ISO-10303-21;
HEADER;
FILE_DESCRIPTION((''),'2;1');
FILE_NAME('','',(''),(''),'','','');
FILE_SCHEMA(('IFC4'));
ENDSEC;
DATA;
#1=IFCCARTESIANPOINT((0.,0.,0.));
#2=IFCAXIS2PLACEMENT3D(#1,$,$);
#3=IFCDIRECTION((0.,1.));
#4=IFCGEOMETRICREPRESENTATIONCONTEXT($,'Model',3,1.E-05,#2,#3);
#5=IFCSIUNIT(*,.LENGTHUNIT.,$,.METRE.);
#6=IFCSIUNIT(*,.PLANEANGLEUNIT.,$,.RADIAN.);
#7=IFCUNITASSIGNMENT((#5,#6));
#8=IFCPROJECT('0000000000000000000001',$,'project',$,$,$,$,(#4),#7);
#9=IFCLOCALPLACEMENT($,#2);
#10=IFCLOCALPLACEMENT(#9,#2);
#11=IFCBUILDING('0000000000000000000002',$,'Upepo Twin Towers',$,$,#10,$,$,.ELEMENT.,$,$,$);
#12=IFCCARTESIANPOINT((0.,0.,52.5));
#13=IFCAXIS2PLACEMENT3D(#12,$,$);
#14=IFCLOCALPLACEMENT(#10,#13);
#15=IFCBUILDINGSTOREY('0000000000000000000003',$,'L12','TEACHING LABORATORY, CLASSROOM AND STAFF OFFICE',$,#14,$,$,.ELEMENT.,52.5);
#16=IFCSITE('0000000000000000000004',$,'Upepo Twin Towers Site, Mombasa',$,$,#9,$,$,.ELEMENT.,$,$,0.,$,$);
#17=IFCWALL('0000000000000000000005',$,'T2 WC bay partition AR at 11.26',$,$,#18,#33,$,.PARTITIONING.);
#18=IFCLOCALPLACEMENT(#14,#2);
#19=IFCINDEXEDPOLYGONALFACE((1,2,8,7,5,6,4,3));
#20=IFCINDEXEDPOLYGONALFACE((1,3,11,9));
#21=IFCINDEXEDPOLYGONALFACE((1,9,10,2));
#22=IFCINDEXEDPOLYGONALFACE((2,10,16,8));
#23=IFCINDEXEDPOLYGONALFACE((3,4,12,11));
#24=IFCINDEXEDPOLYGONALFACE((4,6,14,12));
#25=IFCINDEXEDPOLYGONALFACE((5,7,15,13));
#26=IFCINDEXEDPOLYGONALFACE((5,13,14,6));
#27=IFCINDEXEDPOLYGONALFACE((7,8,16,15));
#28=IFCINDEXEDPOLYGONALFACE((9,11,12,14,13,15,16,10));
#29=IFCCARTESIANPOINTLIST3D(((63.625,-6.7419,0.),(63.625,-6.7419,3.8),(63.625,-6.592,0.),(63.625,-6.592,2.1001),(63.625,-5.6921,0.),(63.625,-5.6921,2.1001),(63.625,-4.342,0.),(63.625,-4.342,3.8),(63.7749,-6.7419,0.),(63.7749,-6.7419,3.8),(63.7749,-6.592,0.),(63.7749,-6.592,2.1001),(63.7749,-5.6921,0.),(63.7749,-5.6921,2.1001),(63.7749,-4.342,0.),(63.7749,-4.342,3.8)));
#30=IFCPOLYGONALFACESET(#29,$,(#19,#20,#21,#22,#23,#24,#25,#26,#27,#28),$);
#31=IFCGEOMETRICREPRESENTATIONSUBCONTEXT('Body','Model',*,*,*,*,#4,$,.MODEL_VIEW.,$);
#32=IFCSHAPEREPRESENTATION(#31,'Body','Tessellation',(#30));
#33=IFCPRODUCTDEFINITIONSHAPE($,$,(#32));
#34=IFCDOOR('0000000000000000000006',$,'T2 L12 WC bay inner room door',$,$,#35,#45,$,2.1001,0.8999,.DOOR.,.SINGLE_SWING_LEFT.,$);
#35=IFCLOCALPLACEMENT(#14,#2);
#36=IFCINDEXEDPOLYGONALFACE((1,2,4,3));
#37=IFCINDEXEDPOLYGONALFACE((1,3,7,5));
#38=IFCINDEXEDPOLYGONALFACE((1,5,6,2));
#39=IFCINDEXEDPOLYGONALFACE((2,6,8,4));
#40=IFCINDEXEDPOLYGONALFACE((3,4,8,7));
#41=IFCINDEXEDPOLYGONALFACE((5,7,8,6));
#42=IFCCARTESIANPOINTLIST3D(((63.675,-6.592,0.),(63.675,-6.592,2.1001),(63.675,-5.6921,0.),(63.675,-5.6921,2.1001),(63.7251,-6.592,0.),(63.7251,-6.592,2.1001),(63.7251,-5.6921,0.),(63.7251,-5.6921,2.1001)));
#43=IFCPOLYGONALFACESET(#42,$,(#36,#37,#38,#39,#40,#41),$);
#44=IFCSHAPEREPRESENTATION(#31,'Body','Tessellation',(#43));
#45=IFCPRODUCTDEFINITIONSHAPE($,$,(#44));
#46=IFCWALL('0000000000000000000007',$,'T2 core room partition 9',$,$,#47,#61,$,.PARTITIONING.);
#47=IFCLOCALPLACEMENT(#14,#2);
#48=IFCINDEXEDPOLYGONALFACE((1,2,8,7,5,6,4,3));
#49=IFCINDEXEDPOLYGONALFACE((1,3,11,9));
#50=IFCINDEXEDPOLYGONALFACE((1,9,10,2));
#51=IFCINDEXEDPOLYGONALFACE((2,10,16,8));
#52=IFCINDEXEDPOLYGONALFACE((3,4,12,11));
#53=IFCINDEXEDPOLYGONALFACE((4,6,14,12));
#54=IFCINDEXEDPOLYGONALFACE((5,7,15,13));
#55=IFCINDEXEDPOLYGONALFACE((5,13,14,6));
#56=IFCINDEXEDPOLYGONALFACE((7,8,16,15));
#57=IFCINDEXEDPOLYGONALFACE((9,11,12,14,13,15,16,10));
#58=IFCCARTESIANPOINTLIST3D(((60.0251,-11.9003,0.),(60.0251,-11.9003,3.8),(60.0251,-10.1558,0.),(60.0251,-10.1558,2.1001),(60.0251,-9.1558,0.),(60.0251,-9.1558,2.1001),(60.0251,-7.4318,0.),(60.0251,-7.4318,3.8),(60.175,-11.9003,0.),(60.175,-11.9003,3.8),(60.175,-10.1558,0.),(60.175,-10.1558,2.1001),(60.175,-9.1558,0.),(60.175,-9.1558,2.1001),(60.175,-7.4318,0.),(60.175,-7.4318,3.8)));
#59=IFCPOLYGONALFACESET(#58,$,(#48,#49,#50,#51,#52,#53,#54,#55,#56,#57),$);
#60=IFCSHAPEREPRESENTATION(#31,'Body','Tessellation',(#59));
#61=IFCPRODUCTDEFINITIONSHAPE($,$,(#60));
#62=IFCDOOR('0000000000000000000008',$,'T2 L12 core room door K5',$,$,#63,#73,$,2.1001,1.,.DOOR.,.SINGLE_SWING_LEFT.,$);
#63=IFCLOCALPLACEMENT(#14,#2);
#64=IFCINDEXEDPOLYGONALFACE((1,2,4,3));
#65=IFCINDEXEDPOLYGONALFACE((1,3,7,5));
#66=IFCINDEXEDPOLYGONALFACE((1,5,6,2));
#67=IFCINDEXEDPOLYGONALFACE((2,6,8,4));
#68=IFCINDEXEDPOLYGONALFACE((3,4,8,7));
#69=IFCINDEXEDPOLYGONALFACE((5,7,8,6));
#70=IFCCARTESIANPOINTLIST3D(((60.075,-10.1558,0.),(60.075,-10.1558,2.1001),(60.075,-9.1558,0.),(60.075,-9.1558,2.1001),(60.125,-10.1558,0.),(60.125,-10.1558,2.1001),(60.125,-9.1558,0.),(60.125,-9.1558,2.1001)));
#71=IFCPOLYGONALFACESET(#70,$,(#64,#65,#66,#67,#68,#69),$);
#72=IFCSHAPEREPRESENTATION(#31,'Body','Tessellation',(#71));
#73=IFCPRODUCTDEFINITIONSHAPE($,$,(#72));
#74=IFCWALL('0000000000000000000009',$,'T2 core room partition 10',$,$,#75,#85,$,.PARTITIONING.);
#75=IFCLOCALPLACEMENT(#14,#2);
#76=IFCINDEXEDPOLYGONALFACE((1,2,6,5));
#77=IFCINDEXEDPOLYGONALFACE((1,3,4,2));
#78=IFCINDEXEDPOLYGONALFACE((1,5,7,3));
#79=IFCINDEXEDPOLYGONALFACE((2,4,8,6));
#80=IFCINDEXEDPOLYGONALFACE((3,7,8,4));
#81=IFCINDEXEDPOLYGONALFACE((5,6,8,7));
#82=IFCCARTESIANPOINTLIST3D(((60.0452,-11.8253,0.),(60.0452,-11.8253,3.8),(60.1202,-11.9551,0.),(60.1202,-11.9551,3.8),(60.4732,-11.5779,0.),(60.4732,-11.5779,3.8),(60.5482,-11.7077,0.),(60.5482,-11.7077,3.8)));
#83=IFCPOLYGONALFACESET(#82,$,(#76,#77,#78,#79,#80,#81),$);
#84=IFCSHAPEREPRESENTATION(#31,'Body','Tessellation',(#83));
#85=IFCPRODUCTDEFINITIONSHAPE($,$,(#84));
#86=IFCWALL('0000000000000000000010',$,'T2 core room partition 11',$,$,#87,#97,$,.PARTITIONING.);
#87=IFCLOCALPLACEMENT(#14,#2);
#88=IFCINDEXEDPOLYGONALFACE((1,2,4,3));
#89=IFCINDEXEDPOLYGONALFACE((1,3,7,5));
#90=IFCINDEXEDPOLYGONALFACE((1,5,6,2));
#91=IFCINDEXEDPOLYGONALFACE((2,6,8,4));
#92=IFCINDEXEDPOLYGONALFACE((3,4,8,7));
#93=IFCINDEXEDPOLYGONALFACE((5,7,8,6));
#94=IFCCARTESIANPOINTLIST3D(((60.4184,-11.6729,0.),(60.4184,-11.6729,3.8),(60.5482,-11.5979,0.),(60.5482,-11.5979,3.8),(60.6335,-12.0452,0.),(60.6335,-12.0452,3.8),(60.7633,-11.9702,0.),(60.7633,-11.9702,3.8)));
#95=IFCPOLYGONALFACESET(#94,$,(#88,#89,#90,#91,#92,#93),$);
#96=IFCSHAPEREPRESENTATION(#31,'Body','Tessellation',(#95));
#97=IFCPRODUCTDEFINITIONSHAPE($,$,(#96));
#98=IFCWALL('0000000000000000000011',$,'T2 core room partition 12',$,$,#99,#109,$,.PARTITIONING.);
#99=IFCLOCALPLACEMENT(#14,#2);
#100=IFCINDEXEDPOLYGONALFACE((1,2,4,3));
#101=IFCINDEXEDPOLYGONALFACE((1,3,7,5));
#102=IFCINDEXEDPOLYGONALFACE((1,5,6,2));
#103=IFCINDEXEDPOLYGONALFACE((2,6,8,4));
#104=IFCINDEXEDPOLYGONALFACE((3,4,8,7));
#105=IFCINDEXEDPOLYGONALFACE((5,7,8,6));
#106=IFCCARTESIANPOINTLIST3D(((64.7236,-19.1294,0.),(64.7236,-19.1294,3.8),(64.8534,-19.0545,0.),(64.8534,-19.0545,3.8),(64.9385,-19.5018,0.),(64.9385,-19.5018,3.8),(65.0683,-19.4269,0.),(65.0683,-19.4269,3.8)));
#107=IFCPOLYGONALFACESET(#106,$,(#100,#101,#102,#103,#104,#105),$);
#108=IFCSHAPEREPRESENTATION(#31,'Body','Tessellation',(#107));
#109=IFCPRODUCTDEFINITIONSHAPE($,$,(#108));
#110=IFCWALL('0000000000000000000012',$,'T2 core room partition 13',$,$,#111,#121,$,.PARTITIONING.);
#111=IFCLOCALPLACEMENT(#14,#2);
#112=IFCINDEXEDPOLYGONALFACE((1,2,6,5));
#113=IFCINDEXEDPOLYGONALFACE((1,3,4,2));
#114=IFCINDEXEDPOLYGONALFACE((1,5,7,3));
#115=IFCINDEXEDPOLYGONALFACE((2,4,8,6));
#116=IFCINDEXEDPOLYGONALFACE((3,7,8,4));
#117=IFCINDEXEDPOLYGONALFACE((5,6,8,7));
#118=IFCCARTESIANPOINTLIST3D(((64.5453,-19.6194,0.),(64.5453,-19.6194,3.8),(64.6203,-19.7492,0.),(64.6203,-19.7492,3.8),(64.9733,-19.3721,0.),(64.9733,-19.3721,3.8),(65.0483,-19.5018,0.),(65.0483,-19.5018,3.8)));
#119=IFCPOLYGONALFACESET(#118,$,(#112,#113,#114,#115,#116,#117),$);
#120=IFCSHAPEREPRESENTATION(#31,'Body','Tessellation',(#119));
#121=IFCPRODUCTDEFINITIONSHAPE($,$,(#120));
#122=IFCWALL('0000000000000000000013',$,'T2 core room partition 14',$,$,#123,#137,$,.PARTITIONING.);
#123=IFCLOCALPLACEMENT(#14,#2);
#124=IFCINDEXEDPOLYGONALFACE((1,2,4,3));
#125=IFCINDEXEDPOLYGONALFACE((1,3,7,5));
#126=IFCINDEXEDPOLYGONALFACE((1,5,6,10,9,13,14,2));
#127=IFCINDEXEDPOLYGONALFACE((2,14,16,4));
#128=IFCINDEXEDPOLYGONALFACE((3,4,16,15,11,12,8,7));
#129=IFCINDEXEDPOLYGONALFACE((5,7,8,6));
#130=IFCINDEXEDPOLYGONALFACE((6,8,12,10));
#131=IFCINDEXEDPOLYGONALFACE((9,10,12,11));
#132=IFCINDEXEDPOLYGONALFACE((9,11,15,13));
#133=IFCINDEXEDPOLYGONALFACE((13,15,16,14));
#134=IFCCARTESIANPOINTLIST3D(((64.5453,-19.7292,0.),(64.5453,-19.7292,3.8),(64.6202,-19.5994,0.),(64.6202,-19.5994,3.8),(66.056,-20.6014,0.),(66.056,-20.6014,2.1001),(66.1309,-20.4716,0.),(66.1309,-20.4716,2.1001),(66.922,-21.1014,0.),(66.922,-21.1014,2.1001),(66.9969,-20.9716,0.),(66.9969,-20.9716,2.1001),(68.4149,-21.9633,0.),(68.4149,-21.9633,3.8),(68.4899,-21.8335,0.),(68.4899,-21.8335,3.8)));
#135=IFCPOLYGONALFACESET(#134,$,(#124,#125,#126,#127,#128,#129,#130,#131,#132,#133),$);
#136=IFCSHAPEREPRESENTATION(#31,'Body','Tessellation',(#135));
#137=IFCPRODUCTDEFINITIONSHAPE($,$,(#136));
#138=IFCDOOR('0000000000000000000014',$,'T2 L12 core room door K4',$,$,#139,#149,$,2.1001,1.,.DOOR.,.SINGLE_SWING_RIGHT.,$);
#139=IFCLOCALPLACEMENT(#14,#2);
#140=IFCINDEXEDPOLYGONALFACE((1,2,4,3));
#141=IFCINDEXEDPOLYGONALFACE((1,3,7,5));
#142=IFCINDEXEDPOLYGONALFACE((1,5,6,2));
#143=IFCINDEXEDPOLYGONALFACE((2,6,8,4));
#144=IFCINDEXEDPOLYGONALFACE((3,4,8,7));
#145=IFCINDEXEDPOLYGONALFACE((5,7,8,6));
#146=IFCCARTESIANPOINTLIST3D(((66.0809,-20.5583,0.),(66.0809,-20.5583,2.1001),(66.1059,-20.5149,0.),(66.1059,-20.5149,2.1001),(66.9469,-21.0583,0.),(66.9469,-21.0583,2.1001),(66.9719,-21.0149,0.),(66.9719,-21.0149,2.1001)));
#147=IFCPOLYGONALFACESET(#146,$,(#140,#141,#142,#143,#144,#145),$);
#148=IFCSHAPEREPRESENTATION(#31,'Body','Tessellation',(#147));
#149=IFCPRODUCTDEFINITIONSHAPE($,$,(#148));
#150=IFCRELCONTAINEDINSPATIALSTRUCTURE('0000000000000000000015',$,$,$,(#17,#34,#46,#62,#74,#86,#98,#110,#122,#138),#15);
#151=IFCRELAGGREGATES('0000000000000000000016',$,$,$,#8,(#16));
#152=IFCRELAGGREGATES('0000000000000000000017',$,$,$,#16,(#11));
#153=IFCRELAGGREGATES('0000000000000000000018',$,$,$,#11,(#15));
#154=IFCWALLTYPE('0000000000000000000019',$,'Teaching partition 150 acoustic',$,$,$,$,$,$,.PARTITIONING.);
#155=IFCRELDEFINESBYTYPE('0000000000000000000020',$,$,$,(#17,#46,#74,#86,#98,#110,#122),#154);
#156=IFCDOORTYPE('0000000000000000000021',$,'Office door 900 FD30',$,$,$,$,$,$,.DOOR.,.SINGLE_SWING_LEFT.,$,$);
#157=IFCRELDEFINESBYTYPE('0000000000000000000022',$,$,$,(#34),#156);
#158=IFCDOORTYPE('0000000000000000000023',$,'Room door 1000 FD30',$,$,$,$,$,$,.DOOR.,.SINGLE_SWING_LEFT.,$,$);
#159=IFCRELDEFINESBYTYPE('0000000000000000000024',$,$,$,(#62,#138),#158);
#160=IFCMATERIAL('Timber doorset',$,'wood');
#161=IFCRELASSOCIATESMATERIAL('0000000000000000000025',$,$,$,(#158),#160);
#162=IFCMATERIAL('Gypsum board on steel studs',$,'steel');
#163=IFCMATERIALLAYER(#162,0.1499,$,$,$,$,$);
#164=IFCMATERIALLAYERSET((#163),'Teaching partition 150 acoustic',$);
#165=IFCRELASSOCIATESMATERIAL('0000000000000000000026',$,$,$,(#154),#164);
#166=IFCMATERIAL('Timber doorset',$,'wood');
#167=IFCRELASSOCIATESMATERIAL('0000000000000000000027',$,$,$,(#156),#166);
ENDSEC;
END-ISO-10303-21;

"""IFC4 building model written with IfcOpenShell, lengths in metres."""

from ifc_helpers import new_model, si_unit, direction, frame, frame_2d, origin, place, context, subcontext, project, spatial, rectangle, extrude, material, layer, layer_set, type_object, element, fill, save


model = new_model("IFC4")

# Units and contexts
model_context = context("Model", 3, precision=1e-05, world=origin(), true_north=direction((0.0, 1.0)))
body_context = subcontext(model_context, "Body", "Model", "MODEL_VIEW")
ifc_project = project(units=[si_unit("LENGTHUNIT", "METRE"), si_unit("PLANEANGLEUNIT", "RADIAN")], contexts=[model_context])

# Site, building, storey
site_placement = place(None, origin())
site = spatial("IfcSite", under=ifc_project, at=site_placement, Name="Upepo Twin Towers Site, Mombasa", CompositionType="ELEMENT", RefElevation=0.0)
building_placement = place(site_placement, origin())
building = spatial("IfcBuilding", under=site, at=building_placement, Name="Upepo Twin Towers", CompositionType="ELEMENT")
storey_placement = place(building_placement, frame((0.0, 0.0, 52.5)))
storey = spatial("IfcBuildingStorey", under=building, at=storey_placement, Name="L12", Description="TEACHING LABORATORY, CLASSROOM AND STAFF OFFICE", CompositionType="ELEMENT", Elevation=52.5)

# Shared definitions
ifc_material_1 = material(Name="Timber doorset", Category="wood")
door_type_1 = type_object("IfcDoorType", Name="Room door 1000 FD30", OperationType="SINGLE_SWING_LEFT", PredefinedType="DOOR", material=ifc_material_1)

# Walls, openings, doors
ifc_material_2 = material(Name="Gypsum board on steel studs", Category="steel")
ifc_layer_1 = layer(ifc_material_2, 0.1499)
ifc_layer_set_1 = layer_set([ifc_layer_1], Name="Teaching partition 150 acoustic")
wall_type_1 = type_object("IfcWallType", Name="Teaching partition 150 acoustic", PredefinedType="PARTITIONING", material=ifc_layer_set_1)
wall_1_placement = place(storey_placement, frame((63.7, -6.7419, 0.0), z_axis=(0.0, 0.0, 1.0), x_axis=(0.0, 1.0, 0.0)))
wall_1 = element("IfcWall", 1, at=wall_1_placement, inside=storey, type_object=wall_type_1, Name="T2 WC bay partition AR at 11.26", PredefinedType="PARTITIONING", context=body_context, shape_type="SweptSolid", body=[
    extrude(rectangle(XDim=2.3999, YDim=0.1499, at=frame_2d((1.2, 0.0))), origin(), (0.0, 0.0, 1.0), 3.8),
])
opening_1_placement = place(wall_1_placement, frame((0.1499, 0.0, 0.0)))
opening_1 = element("IfcOpeningElement", 2, at=opening_1_placement, cuts=wall_1, PredefinedType="OPENING", context=body_context, shape_type="SweptSolid", body=[
    extrude(rectangle(XDim=0.8999, YDim=2.1001, at=frame_2d((0.45, 1.05))), frame((0.0, 0.085, 0.0), z_axis=(0.0, -1.0, 0.0), x_axis=(1.0, 0.0, 0.0)), (0.0, 0.0, 1.0), 0.1699),
])
ifc_material_3 = material(Name="Timber doorset", Category="wood")
door_type_2 = type_object("IfcDoorType", Name="Office door 900 FD30", OperationType="SINGLE_SWING_LEFT", PredefinedType="DOOR", material=ifc_material_3)
door_1_placement = place(opening_1_placement, origin())
door_1 = element("IfcDoor", 3, at=door_1_placement, inside=storey, type_object=door_type_2, Name="T2 L12 WC bay inner room door", OperationType="SINGLE_SWING_LEFT", OverallHeight=2.1001, OverallWidth=0.8999, PredefinedType="DOOR", context=body_context, shape_type="SweptSolid", body=[
    extrude(rectangle(XDim=0.8999, YDim=2.1001, at=frame_2d((0.45, 1.05))), frame((0.0, 0.0249, 0.0), z_axis=(0.0, -1.0, 0.0), x_axis=(1.0, 0.0, 0.0)), (0.0, 0.0, 1.0), 0.05),
])
fill(opening_1, door_1)
wall_2_placement = place(storey_placement, frame((60.1001, -7.4316, 0.0), z_axis=(0.0, 0.0, 1.0), x_axis=(0.0, -1.0, 0.0)))
wall_2 = element("IfcWall", 4, at=wall_2_placement, inside=storey, type_object=wall_type_1, Name="T2 core room partition 9", PredefinedType="PARTITIONING", context=body_context, shape_type="SweptSolid", body=[
    extrude(rectangle(XDim=4.4685, YDim=0.1499, at=frame_2d((2.2344, 0.0))), origin(), (0.0, 0.0, 1.0), 3.8),
])
opening_2_placement = place(wall_2_placement, frame((1.7241, 0.0, 0.0)))
opening_2 = element("IfcOpeningElement", 5, at=opening_2_placement, cuts=wall_2, PredefinedType="OPENING", context=body_context, shape_type="SweptSolid", body=[
    extrude(rectangle(XDim=1.0, YDim=2.1001, at=frame_2d((0.5, 1.05))), frame((0.0, 0.085, 0.0), z_axis=(0.0, -1.0, 0.0), x_axis=(1.0, 0.0, 0.0)), (0.0, 0.0, 1.0), 0.1699),
])
door_2_placement = place(opening_2_placement, origin())
door_2 = element("IfcDoor", 6, at=door_2_placement, inside=storey, type_object=door_type_1, Name="T2 L12 core room door K5", OperationType="SINGLE_SWING_LEFT", OverallHeight=2.1001, OverallWidth=1.0, PredefinedType="DOOR", context=body_context, shape_type="SweptSolid", body=[
    extrude(rectangle(XDim=1.0, YDim=2.1001, at=frame_2d((0.5, 1.05))), frame((0.0, 0.0249, 0.0), z_axis=(0.0, -1.0, 0.0), x_axis=(1.0, 0.0, 0.0)), (0.0, 0.0, 1.0), 0.05),
])
fill(opening_2, door_2)

# Walls
wall_3_placement = place(storey_placement, frame((60.0828, -11.8901, 0.0), z_axis=(0.0, 0.0, 1.0), x_axis=(0.865832, 0.500335, 0.0)))
element("IfcWall", 7, at=wall_3_placement, inside=storey, type_object=wall_type_1, Name="T2 core room partition 10", PredefinedType="PARTITIONING", context=body_context, shape_type="SweptSolid", body=[
    extrude(rectangle(XDim=0.4944, YDim=0.1499, at=frame_2d((0.2471, 0.0))), origin(), (0.0, 0.0, 1.0), 3.8),
])
for number, where, z_axis, x_axis, name in (
    (8, (60.4834, -11.6355, 0.0), (0.0, 0.0, 1.0), (0.50023, -0.865892, 0.0), "T2 core room partition 11"),
    (9, (64.7886, -19.092, 0.0), (0.0, 0.0, 1.0), (0.499804, -0.866138, 0.0), "T2 core room partition 12"),
):
    element("IfcWall", number, at=place(storey_placement, frame(where, z_axis=z_axis, x_axis=x_axis)), inside=storey, type_object=wall_type_1, Name=name, PredefinedType="PARTITIONING", context=body_context, shape_type="SweptSolid", body=[
        extrude(rectangle(XDim=0.4299, YDim=0.1499, at=frame_2d((0.2148, 0.0))), origin(), (0.0, 0.0, 1.0), 3.8),
    ])
wall_4_placement = place(storey_placement, frame((65.0107, -19.437, 0.0), z_axis=(0.0, 0.0, 1.0), x_axis=(-0.865832, -0.500335, 0.0)))
element("IfcWall", 10, at=wall_4_placement, inside=storey, type_object=wall_type_1, Name="T2 core room partition 13", PredefinedType="PARTITIONING", context=body_context, shape_type="SweptSolid", body=[
    extrude(rectangle(XDim=0.4944, YDim=0.1499, at=frame_2d((0.2471, 0.0))), origin(), (0.0, 0.0, 1.0), 3.8),
])

# Wall, opening, door
wall_5_placement = place(storey_placement, frame((64.5828, -19.6643, 0.0), z_axis=(0.0, 0.0, 1.0), x_axis=(0.866025, -0.5, 0.0)))
wall_5 = element("IfcWall", 11, at=wall_5_placement, inside=storey, type_object=wall_type_1, Name="T2 core room partition 14", PredefinedType="PARTITIONING", context=body_context, shape_type="SweptSolid", body=[
    extrude(rectangle(XDim=4.4683, YDim=0.1499, at=frame_2d((2.2341, 0.0))), origin(), (0.0, 0.0, 1.0), 3.8),
])
opening_3_placement = place(wall_5_placement, frame((1.7444, 0.0, 0.0)))
opening_3 = element("IfcOpeningElement", 12, at=opening_3_placement, cuts=wall_5, PredefinedType="OPENING", context=body_context, shape_type="SweptSolid", body=[
    extrude(rectangle(XDim=1.0, YDim=2.1001, at=frame_2d((0.5, 1.05))), frame((0.0, 0.085, 0.0), z_axis=(0.0, -1.0, 0.0), x_axis=(1.0, 0.0, 0.0)), (0.0, 0.0, 1.0), 0.1699),
])
door_3_placement = place(opening_3_placement, origin())
door_3 = element("IfcDoor", 13, at=door_3_placement, inside=storey, type_object=door_type_1, Name="T2 L12 core room door K4", OperationType="SINGLE_SWING_RIGHT", OverallHeight=2.1001, OverallWidth=1.0, PredefinedType="DOOR", context=body_context, shape_type="SweptSolid", body=[
    extrude(rectangle(XDim=1.0, YDim=2.1001, at=frame_2d((0.5, 1.05))), frame((0.0, 0.0249, 0.0), z_axis=(0.0, -1.0, 0.0), x_axis=(1.0, 0.0, 0.0)), (0.0, 0.0, 1.0), 0.05),
])
fill(opening_3, door_3)

save(model, "model.ifc")
